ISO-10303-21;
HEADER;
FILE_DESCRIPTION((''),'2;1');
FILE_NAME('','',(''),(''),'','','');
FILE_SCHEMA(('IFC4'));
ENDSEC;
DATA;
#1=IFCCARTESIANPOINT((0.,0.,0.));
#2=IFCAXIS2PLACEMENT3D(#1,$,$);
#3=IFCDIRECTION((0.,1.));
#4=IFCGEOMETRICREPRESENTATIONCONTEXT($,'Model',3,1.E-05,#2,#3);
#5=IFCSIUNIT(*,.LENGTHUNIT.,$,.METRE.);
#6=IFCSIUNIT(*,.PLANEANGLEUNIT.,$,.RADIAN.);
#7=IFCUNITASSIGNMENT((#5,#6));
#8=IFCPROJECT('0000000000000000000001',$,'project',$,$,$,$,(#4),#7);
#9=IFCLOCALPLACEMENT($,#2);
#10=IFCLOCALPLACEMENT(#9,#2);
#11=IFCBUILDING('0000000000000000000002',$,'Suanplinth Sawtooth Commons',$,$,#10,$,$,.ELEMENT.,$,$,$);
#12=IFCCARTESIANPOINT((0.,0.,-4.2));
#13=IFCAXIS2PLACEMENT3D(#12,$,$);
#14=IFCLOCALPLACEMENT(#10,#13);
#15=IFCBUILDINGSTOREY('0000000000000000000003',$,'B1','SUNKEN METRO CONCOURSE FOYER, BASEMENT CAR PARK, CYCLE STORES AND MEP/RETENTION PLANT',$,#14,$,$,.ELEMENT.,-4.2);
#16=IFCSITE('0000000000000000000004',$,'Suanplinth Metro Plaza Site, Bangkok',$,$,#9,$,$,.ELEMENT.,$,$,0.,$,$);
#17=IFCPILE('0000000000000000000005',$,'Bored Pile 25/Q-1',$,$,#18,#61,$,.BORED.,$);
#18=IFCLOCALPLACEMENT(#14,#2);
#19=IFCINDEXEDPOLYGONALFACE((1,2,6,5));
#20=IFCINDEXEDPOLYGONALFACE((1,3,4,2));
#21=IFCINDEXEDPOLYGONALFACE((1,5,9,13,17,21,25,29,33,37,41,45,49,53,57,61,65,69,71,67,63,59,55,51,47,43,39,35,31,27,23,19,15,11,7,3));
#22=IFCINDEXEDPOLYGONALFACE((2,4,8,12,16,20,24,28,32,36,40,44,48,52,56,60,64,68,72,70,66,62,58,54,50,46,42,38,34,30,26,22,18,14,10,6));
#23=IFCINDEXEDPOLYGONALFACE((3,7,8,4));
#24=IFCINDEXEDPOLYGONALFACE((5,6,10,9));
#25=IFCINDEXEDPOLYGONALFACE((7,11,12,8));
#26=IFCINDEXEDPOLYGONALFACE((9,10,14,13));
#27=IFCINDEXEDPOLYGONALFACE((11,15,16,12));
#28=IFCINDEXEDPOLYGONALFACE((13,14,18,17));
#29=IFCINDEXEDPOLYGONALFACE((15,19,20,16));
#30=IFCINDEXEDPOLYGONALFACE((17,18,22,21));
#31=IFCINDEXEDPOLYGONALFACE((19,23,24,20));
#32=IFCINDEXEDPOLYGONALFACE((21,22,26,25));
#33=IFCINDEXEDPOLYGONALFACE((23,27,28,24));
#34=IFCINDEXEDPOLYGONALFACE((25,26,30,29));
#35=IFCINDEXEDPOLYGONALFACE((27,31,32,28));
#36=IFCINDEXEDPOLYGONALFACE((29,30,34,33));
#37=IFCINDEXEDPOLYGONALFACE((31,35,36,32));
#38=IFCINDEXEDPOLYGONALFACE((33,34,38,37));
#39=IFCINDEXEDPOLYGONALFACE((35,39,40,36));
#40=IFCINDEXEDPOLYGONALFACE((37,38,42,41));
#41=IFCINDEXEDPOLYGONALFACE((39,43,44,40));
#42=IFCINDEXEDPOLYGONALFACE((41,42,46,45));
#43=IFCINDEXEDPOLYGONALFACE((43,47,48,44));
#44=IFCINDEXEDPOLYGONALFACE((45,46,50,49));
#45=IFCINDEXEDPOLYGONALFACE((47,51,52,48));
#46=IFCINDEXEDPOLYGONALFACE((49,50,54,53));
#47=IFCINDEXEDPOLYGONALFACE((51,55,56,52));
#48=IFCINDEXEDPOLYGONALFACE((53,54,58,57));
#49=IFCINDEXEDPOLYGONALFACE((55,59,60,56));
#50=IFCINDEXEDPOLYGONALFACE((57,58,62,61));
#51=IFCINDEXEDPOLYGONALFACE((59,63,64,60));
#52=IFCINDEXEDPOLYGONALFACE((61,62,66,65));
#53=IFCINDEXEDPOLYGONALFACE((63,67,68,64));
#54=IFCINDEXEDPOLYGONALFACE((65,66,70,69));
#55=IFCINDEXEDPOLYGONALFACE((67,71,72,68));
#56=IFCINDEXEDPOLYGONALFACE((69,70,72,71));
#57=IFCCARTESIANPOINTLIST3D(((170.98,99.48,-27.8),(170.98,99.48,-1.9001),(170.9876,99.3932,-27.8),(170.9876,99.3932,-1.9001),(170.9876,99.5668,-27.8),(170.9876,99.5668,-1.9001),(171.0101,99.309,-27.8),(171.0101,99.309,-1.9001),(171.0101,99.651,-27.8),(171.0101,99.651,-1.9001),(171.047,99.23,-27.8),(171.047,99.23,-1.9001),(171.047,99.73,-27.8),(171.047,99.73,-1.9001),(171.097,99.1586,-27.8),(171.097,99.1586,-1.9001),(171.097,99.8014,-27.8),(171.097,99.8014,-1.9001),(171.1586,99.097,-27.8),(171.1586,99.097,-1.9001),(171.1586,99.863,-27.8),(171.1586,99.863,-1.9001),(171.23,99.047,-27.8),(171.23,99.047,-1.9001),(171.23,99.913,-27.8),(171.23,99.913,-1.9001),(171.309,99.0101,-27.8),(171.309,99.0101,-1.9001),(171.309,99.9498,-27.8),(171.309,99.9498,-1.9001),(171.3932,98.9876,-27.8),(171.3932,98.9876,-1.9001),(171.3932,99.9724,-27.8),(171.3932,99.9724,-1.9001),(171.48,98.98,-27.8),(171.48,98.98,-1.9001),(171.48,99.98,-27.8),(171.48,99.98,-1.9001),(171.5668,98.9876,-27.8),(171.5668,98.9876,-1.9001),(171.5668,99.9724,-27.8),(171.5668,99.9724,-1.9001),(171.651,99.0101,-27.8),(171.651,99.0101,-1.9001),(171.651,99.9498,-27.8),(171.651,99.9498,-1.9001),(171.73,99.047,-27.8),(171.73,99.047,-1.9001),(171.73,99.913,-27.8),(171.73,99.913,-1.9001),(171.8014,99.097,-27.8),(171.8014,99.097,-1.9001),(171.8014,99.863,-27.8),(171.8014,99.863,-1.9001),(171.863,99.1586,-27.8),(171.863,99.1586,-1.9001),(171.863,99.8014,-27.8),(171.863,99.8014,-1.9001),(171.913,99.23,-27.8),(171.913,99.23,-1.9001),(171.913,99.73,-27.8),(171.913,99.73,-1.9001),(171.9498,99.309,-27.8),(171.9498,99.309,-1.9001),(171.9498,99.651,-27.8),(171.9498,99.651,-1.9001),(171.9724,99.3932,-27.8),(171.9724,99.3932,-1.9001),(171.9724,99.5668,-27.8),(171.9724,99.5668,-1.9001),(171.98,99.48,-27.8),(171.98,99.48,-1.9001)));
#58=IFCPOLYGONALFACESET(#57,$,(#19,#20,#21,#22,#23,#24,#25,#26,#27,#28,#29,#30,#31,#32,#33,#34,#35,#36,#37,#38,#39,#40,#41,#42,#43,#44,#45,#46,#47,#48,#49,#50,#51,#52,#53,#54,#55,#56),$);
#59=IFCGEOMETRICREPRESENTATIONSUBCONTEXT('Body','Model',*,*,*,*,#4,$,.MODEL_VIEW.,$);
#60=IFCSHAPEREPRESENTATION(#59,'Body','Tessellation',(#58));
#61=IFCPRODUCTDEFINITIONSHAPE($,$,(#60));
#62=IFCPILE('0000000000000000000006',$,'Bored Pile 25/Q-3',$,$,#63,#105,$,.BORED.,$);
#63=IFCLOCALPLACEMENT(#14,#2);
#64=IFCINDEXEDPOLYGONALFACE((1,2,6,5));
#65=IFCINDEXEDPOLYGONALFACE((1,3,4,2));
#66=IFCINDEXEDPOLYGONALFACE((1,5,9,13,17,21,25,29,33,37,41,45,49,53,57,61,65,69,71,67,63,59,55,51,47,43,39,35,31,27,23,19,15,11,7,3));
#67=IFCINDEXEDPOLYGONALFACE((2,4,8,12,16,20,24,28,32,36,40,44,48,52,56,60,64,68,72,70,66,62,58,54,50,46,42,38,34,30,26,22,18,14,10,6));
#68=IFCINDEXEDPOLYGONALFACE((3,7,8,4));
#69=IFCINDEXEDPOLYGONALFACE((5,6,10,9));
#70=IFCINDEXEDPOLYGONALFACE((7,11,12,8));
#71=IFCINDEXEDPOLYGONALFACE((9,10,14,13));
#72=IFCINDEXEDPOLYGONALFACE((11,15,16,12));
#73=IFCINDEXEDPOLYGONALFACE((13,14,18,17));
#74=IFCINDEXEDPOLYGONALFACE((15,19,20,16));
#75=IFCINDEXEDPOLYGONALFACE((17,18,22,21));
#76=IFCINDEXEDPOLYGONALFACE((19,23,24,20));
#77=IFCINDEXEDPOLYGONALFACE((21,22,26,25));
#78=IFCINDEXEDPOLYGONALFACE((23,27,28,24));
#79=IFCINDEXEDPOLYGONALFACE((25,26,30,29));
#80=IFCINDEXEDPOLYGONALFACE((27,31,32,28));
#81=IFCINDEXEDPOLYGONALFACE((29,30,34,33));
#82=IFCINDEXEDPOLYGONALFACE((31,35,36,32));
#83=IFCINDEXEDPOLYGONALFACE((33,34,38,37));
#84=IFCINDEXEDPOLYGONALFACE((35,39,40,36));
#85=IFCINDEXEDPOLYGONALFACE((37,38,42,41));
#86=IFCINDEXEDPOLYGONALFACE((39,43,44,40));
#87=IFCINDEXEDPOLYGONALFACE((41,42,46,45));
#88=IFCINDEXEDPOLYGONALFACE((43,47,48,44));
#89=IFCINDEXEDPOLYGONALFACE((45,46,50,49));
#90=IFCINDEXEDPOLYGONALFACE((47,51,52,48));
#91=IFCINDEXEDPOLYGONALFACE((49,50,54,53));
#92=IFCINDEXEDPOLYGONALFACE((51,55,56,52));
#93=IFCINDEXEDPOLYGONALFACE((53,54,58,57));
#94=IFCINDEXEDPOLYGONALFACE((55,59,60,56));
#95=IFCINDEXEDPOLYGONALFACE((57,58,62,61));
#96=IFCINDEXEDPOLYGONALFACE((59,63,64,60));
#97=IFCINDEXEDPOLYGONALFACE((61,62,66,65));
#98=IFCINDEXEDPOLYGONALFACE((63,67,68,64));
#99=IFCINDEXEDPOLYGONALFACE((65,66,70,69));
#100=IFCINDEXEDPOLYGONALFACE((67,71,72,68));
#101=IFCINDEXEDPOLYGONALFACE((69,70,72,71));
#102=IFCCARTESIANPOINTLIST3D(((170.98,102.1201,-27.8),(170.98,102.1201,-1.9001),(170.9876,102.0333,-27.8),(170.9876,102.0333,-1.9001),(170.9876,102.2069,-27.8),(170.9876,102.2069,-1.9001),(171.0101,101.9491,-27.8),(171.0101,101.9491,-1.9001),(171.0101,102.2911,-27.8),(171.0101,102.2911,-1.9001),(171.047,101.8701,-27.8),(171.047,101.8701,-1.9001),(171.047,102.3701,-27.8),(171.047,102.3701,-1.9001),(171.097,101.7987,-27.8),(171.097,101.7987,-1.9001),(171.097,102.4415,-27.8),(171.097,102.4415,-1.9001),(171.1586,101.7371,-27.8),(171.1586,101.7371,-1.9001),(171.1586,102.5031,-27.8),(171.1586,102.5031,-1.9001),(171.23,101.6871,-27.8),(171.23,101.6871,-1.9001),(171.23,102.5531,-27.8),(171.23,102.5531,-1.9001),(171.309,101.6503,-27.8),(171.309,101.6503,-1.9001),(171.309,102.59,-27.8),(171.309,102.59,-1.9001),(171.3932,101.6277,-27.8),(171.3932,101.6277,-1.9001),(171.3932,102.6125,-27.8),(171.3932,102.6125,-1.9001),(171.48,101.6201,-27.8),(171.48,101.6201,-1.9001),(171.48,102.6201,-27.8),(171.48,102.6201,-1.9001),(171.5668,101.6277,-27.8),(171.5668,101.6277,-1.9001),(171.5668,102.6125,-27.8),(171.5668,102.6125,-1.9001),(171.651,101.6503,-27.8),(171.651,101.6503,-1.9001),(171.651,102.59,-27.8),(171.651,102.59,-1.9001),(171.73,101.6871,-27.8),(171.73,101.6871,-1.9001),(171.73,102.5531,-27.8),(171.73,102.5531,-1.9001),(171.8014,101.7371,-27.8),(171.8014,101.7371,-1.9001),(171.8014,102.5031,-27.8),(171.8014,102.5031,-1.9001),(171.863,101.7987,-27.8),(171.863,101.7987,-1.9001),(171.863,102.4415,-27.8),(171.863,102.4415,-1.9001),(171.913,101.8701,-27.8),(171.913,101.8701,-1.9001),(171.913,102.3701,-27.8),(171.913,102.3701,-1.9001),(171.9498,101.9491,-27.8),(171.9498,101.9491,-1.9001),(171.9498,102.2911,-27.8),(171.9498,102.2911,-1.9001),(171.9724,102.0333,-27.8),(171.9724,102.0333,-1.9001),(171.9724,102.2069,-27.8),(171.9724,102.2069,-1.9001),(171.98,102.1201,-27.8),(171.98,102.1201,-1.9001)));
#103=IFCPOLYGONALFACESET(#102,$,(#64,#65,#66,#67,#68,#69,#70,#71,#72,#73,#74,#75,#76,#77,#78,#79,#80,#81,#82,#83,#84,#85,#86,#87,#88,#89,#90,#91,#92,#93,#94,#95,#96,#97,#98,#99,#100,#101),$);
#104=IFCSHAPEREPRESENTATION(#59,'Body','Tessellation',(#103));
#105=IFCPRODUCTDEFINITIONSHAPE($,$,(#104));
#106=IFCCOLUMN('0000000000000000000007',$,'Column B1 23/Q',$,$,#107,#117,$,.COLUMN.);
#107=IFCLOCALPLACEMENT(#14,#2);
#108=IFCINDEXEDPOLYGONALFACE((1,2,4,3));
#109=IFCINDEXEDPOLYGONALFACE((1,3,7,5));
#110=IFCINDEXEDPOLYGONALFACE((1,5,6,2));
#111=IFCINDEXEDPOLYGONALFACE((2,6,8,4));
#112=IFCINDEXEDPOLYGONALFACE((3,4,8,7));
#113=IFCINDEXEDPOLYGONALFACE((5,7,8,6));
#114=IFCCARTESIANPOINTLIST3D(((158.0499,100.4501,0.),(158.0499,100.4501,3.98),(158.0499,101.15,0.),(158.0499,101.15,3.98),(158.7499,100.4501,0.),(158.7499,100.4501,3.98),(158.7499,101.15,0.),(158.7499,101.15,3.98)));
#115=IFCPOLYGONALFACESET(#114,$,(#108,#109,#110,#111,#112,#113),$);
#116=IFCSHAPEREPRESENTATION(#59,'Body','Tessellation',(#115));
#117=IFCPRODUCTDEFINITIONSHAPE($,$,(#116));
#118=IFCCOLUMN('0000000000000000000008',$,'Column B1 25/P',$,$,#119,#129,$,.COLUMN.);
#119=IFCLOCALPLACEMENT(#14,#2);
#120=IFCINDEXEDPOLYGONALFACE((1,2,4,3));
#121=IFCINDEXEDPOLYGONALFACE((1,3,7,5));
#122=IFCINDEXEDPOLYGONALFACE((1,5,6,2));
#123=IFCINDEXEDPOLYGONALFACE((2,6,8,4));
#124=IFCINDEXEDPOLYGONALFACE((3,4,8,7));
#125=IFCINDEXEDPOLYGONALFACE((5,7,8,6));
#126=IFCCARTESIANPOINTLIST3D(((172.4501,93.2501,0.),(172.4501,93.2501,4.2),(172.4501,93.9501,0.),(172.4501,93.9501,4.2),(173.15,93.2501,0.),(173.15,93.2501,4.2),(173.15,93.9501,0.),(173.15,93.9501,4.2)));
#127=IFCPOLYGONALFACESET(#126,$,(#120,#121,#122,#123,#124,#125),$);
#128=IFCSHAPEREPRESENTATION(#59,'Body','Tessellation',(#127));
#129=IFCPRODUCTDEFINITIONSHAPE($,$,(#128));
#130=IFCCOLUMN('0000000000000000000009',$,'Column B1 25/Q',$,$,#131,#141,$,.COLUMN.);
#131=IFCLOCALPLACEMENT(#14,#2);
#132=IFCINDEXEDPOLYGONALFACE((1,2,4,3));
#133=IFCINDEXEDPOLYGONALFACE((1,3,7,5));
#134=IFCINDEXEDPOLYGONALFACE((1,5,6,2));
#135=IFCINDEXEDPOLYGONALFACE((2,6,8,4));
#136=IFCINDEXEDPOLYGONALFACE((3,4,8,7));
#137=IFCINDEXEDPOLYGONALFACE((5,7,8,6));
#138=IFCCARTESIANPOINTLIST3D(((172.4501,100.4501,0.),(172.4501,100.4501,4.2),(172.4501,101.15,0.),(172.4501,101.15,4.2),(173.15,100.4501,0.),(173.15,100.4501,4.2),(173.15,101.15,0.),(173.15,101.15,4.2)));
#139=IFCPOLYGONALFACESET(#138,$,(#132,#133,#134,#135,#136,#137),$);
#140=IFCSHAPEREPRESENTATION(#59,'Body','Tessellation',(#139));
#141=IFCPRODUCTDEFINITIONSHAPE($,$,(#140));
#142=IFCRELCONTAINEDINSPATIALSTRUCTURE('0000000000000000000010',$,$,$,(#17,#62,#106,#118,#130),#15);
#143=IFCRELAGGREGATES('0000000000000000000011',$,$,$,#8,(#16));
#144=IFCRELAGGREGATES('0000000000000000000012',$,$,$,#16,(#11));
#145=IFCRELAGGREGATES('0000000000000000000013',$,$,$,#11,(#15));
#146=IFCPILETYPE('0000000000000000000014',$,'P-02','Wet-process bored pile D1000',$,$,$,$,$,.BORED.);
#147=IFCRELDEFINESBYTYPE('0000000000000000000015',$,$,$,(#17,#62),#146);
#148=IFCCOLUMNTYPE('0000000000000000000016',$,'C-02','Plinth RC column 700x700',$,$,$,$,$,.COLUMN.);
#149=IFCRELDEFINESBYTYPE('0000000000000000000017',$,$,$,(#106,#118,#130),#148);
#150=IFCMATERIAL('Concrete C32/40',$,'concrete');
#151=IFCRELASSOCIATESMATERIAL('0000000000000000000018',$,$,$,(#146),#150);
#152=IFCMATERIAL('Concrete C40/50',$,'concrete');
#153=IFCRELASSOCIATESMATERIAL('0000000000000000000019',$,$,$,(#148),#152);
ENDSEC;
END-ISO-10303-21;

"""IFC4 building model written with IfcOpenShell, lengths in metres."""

from ifc_helpers import new_model, si_unit, direction, frame, origin, origin_2d, place, context, subcontext, project, spatial, rectangle, circle, extrude, material, material_profile, profile_set, type_object, element, save


model = new_model("IFC4")

# Units and contexts
model_context = context("Model", 3, precision=1e-05, world=origin(), true_north=direction((0.0, 1.0)))
body_context = subcontext(model_context, "Body", "Model", "MODEL_VIEW")
ifc_project = project(units=[si_unit("LENGTHUNIT", "METRE"), si_unit("PLANEANGLEUNIT", "RADIAN")], contexts=[model_context])

# Site, building, storey
site_placement = place(None, origin())
site = spatial("IfcSite", under=ifc_project, at=site_placement, Name="Suanplinth Metro Plaza Site, Bangkok", CompositionType="ELEMENT", RefElevation=0.0)
building_placement = place(site_placement, origin())
building = spatial("IfcBuilding", under=site, at=building_placement, Name="Suanplinth Sawtooth Commons", CompositionType="ELEMENT")
storey_placement = place(building_placement, frame((0.0, 0.0, -4.2)))
storey = spatial("IfcBuildingStorey", under=building, at=storey_placement, Name="B1", Description="SUNKEN METRO CONCOURSE FOYER, BASEMENT CAR PARK, CYCLE STORES AND MEP/RETENTION PLANT", CompositionType="ELEMENT", Elevation=-4.2)

# Piles
ifc_material_1 = material(Name="Concrete C32/40", Category="concrete")
ifc_material_profile_1 = material_profile(ifc_material_1, circle(Radius=0.5, at=origin_2d()), Name="PILE D1000")
ifc_profile_set_1 = profile_set([ifc_material_profile_1], Name="Concrete C32/40")
pile_type = type_object("IfcPileType", Name="P-02", Description="Wet-process bored pile D1000", PredefinedType="BORED", material=ifc_profile_set_1)
for number, where, z_axis, x_axis, name in (
    (1, (171.48, 99.48, -1.9001), (0.0, 0.0, -1.0), (1.0, 0.0, 0.0), "Bored Pile 25/Q-1"),
    (2, (171.48, 102.1201, -1.9001), (0.0, 0.0, -1.0), (1.0, 0.0, 0.0), "Bored Pile 25/Q-3"),
):
    element("IfcPile", number, at=place(storey_placement, frame(where, z_axis=z_axis, x_axis=x_axis)), inside=storey, type_object=pile_type, Name=name, PredefinedType="BORED", context=body_context, shape_type="SweptSolid", body=[
        extrude(circle(Radius=0.5, at=origin_2d()), origin(), (0.0, 0.0, 1.0), 25.8999),
    ])

# Columns
ifc_material_2 = material(Name="Concrete C40/50", Category="concrete")
ifc_material_profile_2 = material_profile(ifc_material_2, rectangle(XDim=0.7, YDim=0.7, at=origin_2d()), Name="RC-COL 700x700")
ifc_profile_set_2 = profile_set([ifc_material_profile_2], Name="Concrete C40/50")
column_type = type_object("IfcColumnType", Name="C-02", Description="Plinth RC column 700x700", PredefinedType="COLUMN", material=ifc_profile_set_2)
column_placement = place(storey_placement, frame((158.3999, 100.8, 0.0), z_axis=(0.0, 0.0, 1.0), x_axis=(1.0, 0.0, 0.0)))
element("IfcColumn", 3, at=column_placement, inside=storey, type_object=column_type, Name="Column B1 23/Q", PredefinedType="COLUMN", context=body_context, shape_type="SweptSolid", body=[
    extrude(rectangle(XDim=0.7, YDim=0.7, at=origin_2d()), origin(), (0.0, 0.0, 1.0), 3.98),
])
for number, where, z_axis, x_axis, name in (
    (4, (172.8, 93.6001, 0.0), (0.0, 0.0, 1.0), (1.0, 0.0, 0.0), "Column B1 25/P"),
    (5, (172.8, 100.8, 0.0), (0.0, 0.0, 1.0), (1.0, 0.0, 0.0), "Column B1 25/Q"),
):
    element("IfcColumn", number, at=place(storey_placement, frame(where, z_axis=z_axis, x_axis=x_axis)), inside=storey, type_object=column_type, Name=name, PredefinedType="COLUMN", context=body_context, shape_type="SweptSolid", body=[
        extrude(rectangle(XDim=0.7, YDim=0.7, at=origin_2d()), origin(), (0.0, 0.0, 1.0), 4.2),
    ])

save(model, "model.ifc")
